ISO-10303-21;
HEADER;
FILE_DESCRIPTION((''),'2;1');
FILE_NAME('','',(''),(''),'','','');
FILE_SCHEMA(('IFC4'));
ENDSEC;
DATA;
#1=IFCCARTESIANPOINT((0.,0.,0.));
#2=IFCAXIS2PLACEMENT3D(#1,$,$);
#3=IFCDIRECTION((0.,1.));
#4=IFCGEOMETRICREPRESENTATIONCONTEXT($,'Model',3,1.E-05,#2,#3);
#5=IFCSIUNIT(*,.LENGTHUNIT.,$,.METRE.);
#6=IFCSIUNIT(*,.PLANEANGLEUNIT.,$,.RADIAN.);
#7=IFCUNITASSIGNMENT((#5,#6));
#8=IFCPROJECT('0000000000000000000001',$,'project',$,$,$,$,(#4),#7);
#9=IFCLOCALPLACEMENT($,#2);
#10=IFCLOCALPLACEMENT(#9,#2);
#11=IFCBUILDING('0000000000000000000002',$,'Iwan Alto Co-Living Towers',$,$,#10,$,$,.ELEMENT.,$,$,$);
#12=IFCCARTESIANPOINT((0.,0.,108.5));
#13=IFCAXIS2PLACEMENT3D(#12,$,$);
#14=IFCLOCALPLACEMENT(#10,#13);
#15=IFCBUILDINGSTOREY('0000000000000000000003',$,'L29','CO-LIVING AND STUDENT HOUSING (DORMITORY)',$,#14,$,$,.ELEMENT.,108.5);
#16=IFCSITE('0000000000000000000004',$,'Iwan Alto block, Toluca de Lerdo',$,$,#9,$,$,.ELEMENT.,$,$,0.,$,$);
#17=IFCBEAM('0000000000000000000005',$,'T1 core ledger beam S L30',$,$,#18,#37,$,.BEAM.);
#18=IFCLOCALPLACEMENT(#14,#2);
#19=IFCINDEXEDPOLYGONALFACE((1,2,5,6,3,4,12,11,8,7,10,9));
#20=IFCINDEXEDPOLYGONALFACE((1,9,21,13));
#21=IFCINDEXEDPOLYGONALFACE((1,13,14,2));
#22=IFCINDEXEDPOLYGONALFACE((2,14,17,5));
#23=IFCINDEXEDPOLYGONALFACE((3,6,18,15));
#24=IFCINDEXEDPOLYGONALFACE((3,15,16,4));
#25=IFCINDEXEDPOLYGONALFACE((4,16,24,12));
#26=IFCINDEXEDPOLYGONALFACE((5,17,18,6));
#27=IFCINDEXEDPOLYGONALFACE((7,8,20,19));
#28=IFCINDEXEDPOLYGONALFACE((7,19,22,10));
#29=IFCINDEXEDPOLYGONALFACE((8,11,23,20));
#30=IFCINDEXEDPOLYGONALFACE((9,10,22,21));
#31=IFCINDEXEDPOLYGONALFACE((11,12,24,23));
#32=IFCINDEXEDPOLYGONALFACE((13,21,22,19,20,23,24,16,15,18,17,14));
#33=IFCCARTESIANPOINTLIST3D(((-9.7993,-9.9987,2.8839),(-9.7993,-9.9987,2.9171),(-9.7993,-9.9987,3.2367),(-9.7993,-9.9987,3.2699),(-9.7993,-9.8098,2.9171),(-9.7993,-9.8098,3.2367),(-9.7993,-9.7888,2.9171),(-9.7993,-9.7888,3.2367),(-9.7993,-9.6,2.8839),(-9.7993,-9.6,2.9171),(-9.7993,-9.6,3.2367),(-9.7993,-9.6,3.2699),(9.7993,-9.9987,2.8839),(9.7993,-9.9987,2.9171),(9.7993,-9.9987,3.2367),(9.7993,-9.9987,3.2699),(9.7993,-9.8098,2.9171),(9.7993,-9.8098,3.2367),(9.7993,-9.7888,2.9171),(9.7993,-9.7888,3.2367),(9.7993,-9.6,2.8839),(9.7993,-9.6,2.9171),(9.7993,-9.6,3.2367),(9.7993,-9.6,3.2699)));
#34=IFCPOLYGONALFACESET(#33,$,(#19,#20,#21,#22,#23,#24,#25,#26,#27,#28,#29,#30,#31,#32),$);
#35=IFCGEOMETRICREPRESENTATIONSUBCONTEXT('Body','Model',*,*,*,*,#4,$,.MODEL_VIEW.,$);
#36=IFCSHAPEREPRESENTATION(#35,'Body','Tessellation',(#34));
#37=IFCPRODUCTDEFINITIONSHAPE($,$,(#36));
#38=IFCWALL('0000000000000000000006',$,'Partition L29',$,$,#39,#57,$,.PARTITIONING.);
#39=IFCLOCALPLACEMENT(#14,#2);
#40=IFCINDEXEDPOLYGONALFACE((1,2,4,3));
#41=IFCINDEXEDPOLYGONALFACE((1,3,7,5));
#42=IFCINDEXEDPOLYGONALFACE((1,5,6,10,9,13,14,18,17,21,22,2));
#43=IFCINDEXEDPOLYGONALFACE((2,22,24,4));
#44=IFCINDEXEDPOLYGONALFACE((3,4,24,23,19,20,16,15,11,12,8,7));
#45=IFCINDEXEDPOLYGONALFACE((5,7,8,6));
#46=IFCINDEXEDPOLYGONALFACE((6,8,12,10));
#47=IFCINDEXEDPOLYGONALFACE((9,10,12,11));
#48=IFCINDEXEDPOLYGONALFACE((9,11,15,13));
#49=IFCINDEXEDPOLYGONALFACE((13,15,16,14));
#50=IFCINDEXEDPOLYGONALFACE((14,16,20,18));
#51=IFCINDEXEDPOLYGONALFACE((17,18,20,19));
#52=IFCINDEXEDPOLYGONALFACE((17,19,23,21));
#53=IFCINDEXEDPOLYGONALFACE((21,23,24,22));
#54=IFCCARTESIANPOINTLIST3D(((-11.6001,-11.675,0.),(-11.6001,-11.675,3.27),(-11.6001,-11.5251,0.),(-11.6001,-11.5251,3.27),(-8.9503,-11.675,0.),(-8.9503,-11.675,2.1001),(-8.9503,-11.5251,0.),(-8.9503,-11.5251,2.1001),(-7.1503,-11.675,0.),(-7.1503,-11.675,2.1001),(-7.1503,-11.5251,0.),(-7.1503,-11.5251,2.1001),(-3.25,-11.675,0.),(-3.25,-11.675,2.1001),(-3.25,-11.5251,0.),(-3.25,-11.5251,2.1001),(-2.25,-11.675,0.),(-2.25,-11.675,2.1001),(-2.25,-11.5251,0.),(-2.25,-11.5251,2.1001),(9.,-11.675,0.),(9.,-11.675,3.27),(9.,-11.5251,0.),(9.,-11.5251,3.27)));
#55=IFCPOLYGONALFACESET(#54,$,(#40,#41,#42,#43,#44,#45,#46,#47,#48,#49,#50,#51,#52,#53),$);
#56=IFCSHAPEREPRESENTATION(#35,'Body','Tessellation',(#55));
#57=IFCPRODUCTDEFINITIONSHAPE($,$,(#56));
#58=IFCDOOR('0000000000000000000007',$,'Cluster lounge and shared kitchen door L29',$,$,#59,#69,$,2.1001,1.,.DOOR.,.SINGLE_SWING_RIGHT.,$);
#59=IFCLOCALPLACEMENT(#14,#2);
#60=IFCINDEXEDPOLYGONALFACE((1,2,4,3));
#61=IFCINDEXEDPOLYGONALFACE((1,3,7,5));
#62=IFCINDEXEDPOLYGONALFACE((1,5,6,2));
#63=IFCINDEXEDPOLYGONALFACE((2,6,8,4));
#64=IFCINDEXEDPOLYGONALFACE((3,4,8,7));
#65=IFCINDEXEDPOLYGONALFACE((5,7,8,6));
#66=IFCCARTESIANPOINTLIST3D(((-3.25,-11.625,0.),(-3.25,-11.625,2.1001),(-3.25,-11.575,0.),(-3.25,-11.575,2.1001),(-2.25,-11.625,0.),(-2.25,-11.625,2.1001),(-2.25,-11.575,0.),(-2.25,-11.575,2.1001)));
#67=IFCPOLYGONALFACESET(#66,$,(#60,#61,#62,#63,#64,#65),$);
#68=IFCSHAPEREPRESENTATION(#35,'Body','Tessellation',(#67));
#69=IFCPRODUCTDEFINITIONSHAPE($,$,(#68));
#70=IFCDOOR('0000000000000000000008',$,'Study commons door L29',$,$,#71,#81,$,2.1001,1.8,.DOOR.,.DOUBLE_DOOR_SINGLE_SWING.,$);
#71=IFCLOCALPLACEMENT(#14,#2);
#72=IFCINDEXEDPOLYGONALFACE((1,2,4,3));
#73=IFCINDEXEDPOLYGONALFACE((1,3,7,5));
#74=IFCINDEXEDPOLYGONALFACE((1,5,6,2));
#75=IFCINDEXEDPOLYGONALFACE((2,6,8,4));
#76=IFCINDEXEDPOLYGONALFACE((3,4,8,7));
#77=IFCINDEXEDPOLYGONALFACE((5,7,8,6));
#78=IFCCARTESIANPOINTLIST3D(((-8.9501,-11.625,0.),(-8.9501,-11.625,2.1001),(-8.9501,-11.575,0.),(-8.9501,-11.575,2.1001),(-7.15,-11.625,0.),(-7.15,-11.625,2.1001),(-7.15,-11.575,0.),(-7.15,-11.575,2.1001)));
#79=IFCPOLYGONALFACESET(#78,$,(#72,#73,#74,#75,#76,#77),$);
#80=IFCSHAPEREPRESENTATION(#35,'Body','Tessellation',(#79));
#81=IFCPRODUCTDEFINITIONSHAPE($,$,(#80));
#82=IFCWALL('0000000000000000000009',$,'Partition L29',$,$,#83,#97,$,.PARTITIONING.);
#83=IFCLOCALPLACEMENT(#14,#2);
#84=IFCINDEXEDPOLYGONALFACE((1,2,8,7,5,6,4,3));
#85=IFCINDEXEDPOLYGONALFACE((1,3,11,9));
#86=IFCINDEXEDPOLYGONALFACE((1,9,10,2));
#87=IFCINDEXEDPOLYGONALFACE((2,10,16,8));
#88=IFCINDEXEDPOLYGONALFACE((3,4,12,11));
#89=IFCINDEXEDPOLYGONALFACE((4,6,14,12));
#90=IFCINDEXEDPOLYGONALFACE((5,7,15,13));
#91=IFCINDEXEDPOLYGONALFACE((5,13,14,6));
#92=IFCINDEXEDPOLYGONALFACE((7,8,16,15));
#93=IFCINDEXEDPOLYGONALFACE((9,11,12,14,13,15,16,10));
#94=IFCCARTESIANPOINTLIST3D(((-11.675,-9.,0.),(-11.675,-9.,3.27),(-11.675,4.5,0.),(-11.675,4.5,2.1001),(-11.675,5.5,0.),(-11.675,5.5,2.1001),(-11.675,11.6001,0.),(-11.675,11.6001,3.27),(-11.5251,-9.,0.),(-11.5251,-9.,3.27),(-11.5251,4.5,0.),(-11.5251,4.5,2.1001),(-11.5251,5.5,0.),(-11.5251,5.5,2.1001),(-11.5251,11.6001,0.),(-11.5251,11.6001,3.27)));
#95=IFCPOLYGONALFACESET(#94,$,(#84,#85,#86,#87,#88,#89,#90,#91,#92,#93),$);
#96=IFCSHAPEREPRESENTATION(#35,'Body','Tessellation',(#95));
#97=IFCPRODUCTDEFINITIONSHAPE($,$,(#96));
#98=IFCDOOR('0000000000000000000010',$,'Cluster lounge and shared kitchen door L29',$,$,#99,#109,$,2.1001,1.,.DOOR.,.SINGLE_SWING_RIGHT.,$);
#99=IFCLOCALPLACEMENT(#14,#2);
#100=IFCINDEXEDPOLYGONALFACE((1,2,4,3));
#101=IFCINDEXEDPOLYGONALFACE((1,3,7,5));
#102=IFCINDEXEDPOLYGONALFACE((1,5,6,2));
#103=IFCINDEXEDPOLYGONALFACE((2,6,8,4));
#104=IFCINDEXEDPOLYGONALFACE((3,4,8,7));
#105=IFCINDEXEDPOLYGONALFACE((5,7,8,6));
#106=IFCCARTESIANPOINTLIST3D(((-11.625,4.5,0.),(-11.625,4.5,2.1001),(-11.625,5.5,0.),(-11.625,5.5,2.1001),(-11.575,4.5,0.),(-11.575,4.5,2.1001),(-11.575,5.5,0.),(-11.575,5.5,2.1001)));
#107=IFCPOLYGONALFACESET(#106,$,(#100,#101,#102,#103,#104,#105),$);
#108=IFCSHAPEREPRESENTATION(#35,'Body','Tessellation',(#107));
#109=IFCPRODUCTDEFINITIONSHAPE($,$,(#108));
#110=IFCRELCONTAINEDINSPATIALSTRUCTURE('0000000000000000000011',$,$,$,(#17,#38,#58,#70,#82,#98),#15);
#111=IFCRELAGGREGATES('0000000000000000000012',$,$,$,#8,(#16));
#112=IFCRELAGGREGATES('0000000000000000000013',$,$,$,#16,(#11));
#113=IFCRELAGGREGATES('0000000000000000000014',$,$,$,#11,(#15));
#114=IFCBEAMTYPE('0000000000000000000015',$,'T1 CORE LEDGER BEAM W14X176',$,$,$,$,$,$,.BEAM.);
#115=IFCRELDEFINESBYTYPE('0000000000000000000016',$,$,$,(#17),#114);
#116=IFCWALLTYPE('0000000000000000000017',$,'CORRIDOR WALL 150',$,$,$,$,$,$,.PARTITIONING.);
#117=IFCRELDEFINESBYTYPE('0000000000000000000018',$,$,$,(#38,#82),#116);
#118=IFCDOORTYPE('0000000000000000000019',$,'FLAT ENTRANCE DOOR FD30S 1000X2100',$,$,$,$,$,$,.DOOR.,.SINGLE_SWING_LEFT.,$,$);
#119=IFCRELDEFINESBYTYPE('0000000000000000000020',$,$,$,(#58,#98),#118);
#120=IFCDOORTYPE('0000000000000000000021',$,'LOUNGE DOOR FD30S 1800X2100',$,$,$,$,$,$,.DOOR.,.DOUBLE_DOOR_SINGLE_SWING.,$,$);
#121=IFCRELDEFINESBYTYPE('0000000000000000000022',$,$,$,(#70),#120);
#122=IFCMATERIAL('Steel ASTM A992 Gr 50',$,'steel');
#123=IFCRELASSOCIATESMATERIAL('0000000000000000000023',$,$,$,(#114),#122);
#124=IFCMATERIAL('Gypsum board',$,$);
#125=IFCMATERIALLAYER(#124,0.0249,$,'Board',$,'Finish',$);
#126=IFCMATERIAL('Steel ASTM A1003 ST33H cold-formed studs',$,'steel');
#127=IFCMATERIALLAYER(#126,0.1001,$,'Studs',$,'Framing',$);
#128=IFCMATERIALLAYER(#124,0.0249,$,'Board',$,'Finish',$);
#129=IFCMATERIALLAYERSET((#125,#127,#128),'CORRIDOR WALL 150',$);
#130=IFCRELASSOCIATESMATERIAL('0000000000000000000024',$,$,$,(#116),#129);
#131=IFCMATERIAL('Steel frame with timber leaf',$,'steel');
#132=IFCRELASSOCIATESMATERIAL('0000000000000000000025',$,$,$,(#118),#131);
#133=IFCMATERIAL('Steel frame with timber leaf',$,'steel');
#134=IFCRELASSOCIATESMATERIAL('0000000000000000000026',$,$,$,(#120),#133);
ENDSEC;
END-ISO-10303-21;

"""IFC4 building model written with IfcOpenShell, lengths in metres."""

from ifc_helpers import new_model, si_unit, direction, frame, frame_2d, origin, origin_2d, place, context, subcontext, project, spatial, rectangle, i_section, extrude, material, layer, layer_set, material_profile, profile_set, type_object, element, fill, save


model = new_model("IFC4")

# Units and contexts
model_context = context("Model", 3, precision=1e-05, world=origin(), true_north=direction((0.0, 1.0)))
body_context = subcontext(model_context, "Body", "Model", "MODEL_VIEW")
ifc_project = project(units=[si_unit("LENGTHUNIT", "METRE"), si_unit("PLANEANGLEUNIT", "RADIAN")], contexts=[model_context])

# Site, building, storey
site_placement = place(None, origin())
site = spatial("IfcSite", under=ifc_project, at=site_placement, Name="Iwan Alto block, Toluca de Lerdo", CompositionType="ELEMENT", RefElevation=0.0)
building_placement = place(site_placement, origin())
building = spatial("IfcBuilding", under=site, at=building_placement, Name="Iwan Alto Co-Living Towers", CompositionType="ELEMENT")
storey_placement = place(building_placement, frame((0.0, 0.0, 108.5)))
storey = spatial("IfcBuildingStorey", under=building, at=storey_placement, Name="L29", Description="CO-LIVING AND STUDENT HOUSING (DORMITORY)", CompositionType="ELEMENT", Elevation=108.5)

# Beam
ifc_material_1 = material(Name="Steel ASTM A992 Gr 50", Category="steel")
ifc_material_profile = material_profile(ifc_material_1, i_section(OverallWidth=0.3987, OverallDepth=0.386, WebThickness=0.021, FlangeThickness=0.0332, at=origin_2d()), Name="W14X176")
ifc_profile_set = profile_set([ifc_material_profile], Name="Steel ASTM A992 Gr 50")
beam_type = type_object("IfcBeamType", Name="T1 CORE LEDGER BEAM W14X176", PredefinedType="BEAM", material=ifc_profile_set)
beam_placement = place(storey_placement, frame((-9.7993, -9.7993, 3.0769), z_axis=(1.0, 0.0, 0.0), x_axis=(0.0, 1.0, 0.0)))
element("IfcBeam", 1, at=beam_placement, inside=storey, type_object=beam_type, Name="T1 core ledger beam S L30", PredefinedType="BEAM", context=body_context, shape_type="SweptSolid", body=[
    extrude(i_section(OverallWidth=0.3987, OverallDepth=0.386, WebThickness=0.021, FlangeThickness=0.0332, at=origin_2d()), origin(), (0.0, 0.0, 1.0), 19.5986),
])

# Wall, openings, doors
ifc_material_2 = material(Name="Gypsum board")
ifc_layer_1 = layer(ifc_material_2, 0.0249, Name="Board", Category="Finish")
ifc_material_3 = material(Name="Steel ASTM A1003 ST33H cold-formed studs", Category="steel")
ifc_layer_2 = layer(ifc_material_3, 0.1001, Name="Studs", Category="Framing")
ifc_layer_3 = layer(ifc_material_2, 0.0249, Name="Board", Category="Finish")
ifc_layer_set_1 = layer_set([ifc_layer_1, ifc_layer_2, ifc_layer_3], Name="CORRIDOR WALL 150")
wall_type_1 = type_object("IfcWallType", Name="CORRIDOR WALL 150", PredefinedType="PARTITIONING", material=ifc_layer_set_1)
wall_1_placement = place(storey_placement, frame((-11.6001, -11.6001, 0.0), z_axis=(0.0, 0.0, 1.0), x_axis=(1.0, 0.0, 0.0)))
wall_1 = element("IfcWall", 2, at=wall_1_placement, inside=storey, type_object=wall_type_1, Name="Partition L29", PredefinedType="PARTITIONING", context=body_context, shape_type="SweptSolid", body=[
    extrude(rectangle(XDim=20.6001, YDim=0.1499, at=frame_2d((10.3, 0.0))), origin(), (0.0, 0.0, 1.0), 3.27),
])
opening_1_placement = place(wall_1_placement, frame((2.6499, 0.0, 0.0)))
opening_1 = element("IfcOpeningElement", 3, at=opening_1_placement, cuts=wall_1, PredefinedType="OPENING", context=body_context, shape_type="SweptSolid", body=[
    extrude(rectangle(XDim=1.8, YDim=2.1001, at=frame_2d((0.8999, 1.05))), frame((0.0, 0.085, 0.0), z_axis=(0.0, -1.0, 0.0), x_axis=(1.0, 0.0, 0.0)), (0.0, 0.0, 1.0), 0.1699),
])
opening_2_placement = place(wall_1_placement, frame((8.3501, 0.0, 0.0)))
opening_2 = element("IfcOpeningElement", 4, at=opening_2_placement, cuts=wall_1, PredefinedType="OPENING", context=body_context, shape_type="SweptSolid", body=[
    extrude(rectangle(XDim=1.0, YDim=2.1001, at=frame_2d((0.5, 1.05))), frame((0.0, 0.085, 0.0), z_axis=(0.0, -1.0, 0.0), x_axis=(1.0, 0.0, 0.0)), (0.0, 0.0, 1.0), 0.1699),
])
ifc_material_4 = material(Name="Steel frame with timber leaf", Category="steel")
door_type_1 = type_object("IfcDoorType", Name="FLAT ENTRANCE DOOR FD30S 1000X2100", OperationType="SINGLE_SWING_LEFT", PredefinedType="DOOR", material=ifc_material_4)
door_1_placement = place(opening_2_placement, frame((1.0, 0.0, 0.0), z_axis=(0.0, 0.0, 1.0), x_axis=(-1.0, 0.0, 0.0)))
door_1 = element("IfcDoor", 5, at=door_1_placement, inside=storey, type_object=door_type_1, Name="Cluster lounge and shared kitchen door L29", OperationType="SINGLE_SWING_RIGHT", OverallHeight=2.1001, OverallWidth=1.0, PredefinedType="DOOR", context=body_context, shape_type="SweptSolid", body=[
    extrude(rectangle(XDim=1.0, YDim=2.1001, at=frame_2d((0.5, 1.05))), frame((0.0, 0.0249, 0.0), z_axis=(0.0, -1.0, 0.0), x_axis=(1.0, 0.0, 0.0)), (0.0, 0.0, 1.0), 0.05),
])
fill(opening_2, door_1)
ifc_material_5 = material(Name="Steel frame with timber leaf", Category="steel")
door_type_2 = type_object("IfcDoorType", Name="LOUNGE DOOR FD30S 1800X2100", OperationType="DOUBLE_DOOR_SINGLE_SWING", PredefinedType="DOOR", material=ifc_material_5)
door_2_placement = place(opening_1_placement, frame((1.8, 0.0, 0.0), z_axis=(0.0, 0.0, 1.0), x_axis=(-1.0, 0.0, 0.0)))
door_2 = element("IfcDoor", 6, at=door_2_placement, inside=storey, type_object=door_type_2, Name="Study commons door L29", OperationType="DOUBLE_DOOR_SINGLE_SWING", OverallHeight=2.1001, OverallWidth=1.8, PredefinedType="DOOR", context=body_context, shape_type="SweptSolid", body=[
    extrude(rectangle(XDim=1.8, YDim=2.1001, at=frame_2d((0.8999, 1.05))), frame((0.0, 0.0249, 0.0), z_axis=(0.0, -1.0, 0.0), x_axis=(1.0, 0.0, 0.0)), (0.0, 0.0, 1.0), 0.05),
])
fill(opening_1, door_2)

# Wall, opening, door
wall_2_placement = place(storey_placement, frame((-11.6001, -9.0, 0.0), z_axis=(0.0, 0.0, 1.0), x_axis=(0.0, 1.0, 0.0)))
wall_2 = element("IfcWall", 7, at=wall_2_placement, inside=storey, type_object=wall_type_1, Name="Partition L29", PredefinedType="PARTITIONING", context=body_context, shape_type="SweptSolid", body=[
    extrude(rectangle(XDim=20.6001, YDim=0.1499, at=frame_2d((10.3, 0.0))), origin(), (0.0, 0.0, 1.0), 3.27),
])
opening_3_placement = place(wall_2_placement, frame((13.5, 0.0, 0.0)))
opening_3 = element("IfcOpeningElement", 8, at=opening_3_placement, cuts=wall_2, PredefinedType="OPENING", context=body_context, shape_type="SweptSolid", body=[
    extrude(rectangle(XDim=1.0, YDim=2.1001, at=frame_2d((0.5, 1.05))), frame((0.0, 0.085, 0.0), z_axis=(0.0, -1.0, 0.0), x_axis=(1.0, 0.0, 0.0)), (0.0, 0.0, 1.0), 0.1699),
])
door_3_placement = place(opening_3_placement, origin())
door_3 = element("IfcDoor", 9, at=door_3_placement, inside=storey, type_object=door_type_1, Name="Cluster lounge and shared kitchen door L29", OperationType="SINGLE_SWING_RIGHT", OverallHeight=2.1001, OverallWidth=1.0, PredefinedType="DOOR", context=body_context, shape_type="SweptSolid", body=[
    extrude(rectangle(XDim=1.0, YDim=2.1001, at=frame_2d((0.5, 1.05))), frame((0.0, 0.0249, 0.0), z_axis=(0.0, -1.0, 0.0), x_axis=(1.0, 0.0, 0.0)), (0.0, 0.0, 1.0), 0.05),
])
fill(opening_3, door_3)

save(model, "model.ifc")
